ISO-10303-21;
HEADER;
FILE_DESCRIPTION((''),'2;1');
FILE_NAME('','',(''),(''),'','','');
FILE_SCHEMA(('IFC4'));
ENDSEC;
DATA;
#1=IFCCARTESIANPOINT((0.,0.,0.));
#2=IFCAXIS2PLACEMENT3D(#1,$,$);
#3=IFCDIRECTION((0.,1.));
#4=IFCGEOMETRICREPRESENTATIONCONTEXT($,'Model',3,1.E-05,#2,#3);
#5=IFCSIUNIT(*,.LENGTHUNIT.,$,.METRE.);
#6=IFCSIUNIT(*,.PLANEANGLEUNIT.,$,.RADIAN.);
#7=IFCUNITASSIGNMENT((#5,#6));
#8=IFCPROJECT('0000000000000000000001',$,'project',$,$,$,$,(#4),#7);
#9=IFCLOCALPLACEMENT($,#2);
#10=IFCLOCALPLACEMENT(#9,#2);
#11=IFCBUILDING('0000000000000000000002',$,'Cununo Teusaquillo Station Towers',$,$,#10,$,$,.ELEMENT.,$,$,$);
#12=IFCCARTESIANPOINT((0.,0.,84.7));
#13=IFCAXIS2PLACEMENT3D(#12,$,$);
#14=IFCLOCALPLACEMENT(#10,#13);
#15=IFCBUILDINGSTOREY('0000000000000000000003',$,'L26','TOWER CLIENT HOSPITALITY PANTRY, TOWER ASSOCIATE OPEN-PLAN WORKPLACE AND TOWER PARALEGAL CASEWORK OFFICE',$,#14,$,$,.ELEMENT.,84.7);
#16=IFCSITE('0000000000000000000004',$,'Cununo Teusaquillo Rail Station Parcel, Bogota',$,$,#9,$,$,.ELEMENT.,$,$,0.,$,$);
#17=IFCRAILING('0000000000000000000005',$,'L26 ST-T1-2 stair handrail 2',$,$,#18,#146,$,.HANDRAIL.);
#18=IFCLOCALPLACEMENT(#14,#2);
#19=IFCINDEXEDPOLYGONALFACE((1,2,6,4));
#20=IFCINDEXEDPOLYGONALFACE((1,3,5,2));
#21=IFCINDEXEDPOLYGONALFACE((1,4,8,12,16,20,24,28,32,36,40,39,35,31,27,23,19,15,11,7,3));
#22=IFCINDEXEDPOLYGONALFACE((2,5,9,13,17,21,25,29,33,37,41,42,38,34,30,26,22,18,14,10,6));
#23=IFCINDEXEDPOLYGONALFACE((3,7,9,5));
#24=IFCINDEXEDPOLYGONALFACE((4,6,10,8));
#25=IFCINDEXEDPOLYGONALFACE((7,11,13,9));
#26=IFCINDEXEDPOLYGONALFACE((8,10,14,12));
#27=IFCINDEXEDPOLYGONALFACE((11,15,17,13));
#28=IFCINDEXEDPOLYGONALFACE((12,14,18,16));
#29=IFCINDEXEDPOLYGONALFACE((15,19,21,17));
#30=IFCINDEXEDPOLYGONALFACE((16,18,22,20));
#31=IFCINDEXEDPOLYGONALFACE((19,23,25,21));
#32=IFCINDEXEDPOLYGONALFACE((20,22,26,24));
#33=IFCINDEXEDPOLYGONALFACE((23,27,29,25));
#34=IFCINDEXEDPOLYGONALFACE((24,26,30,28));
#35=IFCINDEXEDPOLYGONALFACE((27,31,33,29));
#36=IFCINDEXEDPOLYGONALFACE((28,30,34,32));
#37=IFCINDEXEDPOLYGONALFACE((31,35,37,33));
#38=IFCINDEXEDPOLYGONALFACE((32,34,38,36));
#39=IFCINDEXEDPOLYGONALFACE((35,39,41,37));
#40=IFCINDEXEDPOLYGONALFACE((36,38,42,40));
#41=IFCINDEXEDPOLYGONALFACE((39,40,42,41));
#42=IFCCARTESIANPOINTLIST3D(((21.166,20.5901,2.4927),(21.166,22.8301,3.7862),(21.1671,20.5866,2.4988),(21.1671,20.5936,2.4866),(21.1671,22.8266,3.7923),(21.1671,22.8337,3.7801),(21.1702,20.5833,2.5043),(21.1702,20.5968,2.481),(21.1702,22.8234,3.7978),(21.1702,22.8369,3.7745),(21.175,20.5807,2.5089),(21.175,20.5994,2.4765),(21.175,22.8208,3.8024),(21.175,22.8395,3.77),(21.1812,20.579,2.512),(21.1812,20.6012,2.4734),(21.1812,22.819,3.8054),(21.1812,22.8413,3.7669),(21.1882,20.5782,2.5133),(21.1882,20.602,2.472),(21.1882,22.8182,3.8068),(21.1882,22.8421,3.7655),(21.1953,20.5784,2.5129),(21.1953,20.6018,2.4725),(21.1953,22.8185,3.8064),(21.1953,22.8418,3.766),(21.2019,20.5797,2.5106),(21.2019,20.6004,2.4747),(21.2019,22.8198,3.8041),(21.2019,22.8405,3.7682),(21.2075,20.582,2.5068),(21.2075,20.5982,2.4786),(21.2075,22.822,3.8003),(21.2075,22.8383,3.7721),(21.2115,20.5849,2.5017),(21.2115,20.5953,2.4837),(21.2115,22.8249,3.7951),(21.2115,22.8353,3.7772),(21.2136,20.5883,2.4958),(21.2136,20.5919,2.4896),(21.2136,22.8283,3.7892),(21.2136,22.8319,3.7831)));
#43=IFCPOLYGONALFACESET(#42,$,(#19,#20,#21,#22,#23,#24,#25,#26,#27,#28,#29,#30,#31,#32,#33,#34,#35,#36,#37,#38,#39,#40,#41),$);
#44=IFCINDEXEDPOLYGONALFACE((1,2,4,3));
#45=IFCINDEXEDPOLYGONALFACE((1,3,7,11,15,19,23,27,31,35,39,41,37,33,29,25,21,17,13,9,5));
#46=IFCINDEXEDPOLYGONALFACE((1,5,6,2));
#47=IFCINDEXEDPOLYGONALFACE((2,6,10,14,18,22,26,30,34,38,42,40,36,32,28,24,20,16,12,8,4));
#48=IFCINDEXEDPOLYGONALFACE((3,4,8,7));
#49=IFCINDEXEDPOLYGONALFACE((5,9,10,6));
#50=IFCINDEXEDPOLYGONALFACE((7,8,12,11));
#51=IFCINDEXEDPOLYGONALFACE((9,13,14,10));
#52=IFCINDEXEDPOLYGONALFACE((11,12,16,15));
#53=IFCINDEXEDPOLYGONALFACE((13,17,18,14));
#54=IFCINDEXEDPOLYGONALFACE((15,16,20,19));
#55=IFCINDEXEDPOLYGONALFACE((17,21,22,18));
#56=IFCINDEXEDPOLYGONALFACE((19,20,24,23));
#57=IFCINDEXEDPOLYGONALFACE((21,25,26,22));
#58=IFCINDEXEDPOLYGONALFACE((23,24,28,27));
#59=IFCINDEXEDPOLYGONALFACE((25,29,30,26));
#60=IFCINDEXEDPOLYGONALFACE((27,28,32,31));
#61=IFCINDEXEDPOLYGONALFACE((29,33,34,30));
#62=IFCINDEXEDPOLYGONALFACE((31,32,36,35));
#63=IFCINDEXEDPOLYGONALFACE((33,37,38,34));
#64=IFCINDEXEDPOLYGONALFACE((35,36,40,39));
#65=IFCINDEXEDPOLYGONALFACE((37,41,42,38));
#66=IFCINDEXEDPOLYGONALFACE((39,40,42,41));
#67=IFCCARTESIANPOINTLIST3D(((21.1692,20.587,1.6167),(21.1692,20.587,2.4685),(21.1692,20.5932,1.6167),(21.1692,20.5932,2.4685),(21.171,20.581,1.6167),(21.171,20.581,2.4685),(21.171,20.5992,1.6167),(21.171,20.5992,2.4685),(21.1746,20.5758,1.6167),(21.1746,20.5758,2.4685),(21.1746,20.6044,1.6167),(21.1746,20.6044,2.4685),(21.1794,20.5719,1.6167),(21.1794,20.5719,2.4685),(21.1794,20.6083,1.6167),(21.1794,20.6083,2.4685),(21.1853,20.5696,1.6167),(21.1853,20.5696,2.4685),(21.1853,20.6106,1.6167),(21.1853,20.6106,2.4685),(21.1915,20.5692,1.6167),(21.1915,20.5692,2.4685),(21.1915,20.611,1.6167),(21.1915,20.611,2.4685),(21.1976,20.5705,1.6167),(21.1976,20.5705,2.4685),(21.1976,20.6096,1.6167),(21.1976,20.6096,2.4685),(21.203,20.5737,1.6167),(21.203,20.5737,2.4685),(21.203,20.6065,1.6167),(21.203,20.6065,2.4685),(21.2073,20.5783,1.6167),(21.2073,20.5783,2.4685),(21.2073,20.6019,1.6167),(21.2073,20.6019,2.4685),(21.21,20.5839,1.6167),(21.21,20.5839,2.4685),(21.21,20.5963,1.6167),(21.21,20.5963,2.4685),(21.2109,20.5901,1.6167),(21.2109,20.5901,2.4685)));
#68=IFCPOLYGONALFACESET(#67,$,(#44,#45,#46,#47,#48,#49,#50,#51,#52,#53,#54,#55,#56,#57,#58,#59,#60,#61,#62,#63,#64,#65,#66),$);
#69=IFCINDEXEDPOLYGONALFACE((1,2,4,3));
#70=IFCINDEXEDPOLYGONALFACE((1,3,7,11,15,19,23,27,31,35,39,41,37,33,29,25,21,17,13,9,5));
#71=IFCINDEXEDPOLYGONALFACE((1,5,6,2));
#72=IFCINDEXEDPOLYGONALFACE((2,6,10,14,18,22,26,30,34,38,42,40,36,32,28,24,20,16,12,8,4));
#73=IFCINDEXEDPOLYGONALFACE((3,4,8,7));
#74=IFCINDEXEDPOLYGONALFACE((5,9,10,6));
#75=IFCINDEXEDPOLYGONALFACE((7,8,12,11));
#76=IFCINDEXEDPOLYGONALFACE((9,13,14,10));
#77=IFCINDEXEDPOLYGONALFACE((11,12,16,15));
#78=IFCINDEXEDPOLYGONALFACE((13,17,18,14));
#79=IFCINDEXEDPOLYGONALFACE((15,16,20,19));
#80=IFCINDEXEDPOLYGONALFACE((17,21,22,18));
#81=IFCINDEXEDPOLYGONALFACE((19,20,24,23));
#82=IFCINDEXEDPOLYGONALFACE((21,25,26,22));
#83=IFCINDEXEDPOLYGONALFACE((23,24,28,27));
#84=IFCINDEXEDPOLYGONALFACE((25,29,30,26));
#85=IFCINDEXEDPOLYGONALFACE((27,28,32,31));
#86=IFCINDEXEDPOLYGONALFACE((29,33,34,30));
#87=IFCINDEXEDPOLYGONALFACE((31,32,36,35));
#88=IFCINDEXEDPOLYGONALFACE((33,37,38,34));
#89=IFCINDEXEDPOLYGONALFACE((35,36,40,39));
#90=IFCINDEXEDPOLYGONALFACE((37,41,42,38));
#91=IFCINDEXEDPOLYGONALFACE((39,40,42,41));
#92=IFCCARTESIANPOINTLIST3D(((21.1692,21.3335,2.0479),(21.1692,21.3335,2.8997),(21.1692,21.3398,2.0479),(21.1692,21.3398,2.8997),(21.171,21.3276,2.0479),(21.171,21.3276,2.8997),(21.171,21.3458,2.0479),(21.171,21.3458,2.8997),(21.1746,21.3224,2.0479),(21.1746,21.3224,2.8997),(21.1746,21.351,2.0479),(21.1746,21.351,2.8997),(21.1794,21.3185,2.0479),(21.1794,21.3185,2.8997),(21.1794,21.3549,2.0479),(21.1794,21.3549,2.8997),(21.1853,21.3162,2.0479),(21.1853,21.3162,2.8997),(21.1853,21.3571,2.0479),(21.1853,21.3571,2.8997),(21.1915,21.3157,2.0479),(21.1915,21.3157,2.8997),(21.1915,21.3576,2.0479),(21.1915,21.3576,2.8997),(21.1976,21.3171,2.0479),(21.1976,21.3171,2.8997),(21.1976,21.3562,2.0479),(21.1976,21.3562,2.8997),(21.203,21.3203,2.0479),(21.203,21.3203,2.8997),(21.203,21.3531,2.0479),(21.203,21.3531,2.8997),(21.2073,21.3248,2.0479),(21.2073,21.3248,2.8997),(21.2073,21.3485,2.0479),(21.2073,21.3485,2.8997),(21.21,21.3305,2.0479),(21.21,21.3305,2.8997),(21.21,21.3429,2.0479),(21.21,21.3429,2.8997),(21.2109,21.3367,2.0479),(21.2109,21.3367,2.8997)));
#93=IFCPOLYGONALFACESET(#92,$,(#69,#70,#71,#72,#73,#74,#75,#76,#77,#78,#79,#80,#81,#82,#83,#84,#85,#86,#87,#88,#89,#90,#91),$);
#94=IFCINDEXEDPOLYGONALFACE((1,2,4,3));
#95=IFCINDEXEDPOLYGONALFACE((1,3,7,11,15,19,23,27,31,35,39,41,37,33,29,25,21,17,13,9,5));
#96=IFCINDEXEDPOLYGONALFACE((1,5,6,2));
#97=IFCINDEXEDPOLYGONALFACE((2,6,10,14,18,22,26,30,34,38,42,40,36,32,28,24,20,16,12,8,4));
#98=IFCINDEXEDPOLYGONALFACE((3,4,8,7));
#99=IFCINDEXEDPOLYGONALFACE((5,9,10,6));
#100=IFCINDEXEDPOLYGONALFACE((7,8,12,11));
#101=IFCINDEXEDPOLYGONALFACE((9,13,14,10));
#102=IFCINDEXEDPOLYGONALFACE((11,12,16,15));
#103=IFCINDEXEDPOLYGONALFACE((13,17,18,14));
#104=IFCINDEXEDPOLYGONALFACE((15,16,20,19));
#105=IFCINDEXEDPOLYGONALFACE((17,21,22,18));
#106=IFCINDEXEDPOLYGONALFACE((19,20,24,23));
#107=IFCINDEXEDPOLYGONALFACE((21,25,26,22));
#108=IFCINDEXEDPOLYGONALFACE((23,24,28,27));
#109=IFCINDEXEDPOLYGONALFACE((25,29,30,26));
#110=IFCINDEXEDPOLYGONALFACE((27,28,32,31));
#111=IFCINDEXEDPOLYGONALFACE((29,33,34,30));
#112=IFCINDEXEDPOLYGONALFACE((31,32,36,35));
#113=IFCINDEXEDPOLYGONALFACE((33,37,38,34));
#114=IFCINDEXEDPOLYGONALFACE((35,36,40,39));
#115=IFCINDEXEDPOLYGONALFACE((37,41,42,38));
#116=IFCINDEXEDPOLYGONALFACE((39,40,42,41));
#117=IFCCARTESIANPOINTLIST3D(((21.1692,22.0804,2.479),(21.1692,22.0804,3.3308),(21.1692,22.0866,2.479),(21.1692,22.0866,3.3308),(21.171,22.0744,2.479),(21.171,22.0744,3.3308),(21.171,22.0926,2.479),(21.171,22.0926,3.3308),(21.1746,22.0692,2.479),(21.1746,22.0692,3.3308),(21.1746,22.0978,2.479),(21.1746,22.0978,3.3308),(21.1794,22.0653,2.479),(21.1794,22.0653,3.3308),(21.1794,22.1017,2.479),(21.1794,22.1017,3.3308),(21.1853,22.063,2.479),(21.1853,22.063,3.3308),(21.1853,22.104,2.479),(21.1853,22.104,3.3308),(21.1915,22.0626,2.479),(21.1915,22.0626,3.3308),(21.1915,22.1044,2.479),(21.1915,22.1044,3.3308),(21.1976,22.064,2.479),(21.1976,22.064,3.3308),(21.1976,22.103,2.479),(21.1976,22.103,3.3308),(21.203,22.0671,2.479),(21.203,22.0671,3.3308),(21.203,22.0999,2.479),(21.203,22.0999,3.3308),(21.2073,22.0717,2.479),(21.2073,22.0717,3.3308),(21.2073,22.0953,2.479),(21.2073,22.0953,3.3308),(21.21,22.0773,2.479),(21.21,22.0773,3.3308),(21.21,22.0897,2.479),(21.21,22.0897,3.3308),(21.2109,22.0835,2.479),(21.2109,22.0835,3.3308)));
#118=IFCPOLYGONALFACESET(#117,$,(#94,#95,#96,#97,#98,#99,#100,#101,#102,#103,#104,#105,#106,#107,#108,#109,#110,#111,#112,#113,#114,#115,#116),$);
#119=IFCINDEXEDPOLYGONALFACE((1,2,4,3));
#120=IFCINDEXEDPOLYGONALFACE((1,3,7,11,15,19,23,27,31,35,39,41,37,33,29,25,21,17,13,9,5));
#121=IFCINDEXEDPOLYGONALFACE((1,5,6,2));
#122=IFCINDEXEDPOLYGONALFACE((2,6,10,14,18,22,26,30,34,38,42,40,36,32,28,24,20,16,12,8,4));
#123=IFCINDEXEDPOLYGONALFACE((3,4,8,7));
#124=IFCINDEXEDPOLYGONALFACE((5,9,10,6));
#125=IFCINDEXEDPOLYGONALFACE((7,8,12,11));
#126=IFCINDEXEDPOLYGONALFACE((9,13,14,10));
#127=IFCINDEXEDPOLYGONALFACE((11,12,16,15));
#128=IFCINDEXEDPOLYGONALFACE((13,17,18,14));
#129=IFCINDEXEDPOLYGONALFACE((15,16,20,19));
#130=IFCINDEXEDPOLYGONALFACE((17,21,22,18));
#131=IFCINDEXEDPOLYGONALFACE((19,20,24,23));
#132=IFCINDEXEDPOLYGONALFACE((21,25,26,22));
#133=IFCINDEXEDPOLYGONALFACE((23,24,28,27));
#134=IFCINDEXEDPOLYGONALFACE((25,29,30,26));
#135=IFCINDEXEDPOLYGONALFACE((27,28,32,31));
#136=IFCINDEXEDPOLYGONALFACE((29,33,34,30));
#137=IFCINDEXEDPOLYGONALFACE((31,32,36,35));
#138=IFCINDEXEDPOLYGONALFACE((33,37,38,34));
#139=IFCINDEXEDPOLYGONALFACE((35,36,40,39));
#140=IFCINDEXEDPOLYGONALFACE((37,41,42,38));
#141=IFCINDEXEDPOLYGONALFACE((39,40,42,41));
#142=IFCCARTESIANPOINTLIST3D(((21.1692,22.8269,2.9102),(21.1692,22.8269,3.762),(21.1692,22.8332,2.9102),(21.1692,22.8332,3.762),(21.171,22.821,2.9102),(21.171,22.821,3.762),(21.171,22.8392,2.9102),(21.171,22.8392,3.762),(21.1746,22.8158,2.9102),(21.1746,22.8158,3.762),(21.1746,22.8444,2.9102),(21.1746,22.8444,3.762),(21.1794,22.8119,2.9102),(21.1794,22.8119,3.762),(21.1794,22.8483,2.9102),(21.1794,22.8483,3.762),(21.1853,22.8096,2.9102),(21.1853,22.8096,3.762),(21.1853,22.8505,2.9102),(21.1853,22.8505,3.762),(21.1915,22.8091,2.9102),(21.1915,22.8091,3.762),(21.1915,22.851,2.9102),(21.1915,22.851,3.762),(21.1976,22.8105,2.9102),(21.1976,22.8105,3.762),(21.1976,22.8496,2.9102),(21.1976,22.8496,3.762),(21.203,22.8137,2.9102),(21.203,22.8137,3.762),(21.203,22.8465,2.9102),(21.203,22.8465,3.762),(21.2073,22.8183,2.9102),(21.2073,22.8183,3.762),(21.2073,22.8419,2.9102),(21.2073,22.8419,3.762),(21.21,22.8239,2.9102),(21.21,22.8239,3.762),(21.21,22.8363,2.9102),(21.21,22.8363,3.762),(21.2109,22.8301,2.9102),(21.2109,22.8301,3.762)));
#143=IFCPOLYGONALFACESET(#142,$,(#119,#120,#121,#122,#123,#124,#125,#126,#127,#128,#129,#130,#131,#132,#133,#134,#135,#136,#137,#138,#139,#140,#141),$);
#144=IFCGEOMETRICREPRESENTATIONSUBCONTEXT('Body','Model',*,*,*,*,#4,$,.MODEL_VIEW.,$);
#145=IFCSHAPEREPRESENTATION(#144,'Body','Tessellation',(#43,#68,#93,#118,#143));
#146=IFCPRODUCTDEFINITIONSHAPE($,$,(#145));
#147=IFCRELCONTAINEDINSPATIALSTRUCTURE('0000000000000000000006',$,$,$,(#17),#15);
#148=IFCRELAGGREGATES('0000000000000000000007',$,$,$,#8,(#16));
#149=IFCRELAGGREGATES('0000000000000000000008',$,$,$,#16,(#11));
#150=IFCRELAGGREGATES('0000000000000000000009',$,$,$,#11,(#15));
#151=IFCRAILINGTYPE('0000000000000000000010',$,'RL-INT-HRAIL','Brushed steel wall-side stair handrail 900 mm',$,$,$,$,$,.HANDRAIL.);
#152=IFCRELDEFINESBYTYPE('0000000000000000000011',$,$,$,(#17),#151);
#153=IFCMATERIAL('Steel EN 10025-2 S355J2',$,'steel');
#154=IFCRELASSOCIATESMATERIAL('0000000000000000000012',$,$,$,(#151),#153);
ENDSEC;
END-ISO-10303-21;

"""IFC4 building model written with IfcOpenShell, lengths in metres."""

from ifc_helpers import new_model, si_unit, direction, frame, origin, origin_2d, place, context, subcontext, project, spatial, circle, extrude, material, type_object, element, save


model = new_model("IFC4")

# Units and contexts
model_context = context("Model", 3, precision=1e-05, world=origin(), true_north=direction((0.0, 1.0)))
body_context = subcontext(model_context, "Body", "Model", "MODEL_VIEW")
ifc_project = project(units=[si_unit("LENGTHUNIT", "METRE"), si_unit("PLANEANGLEUNIT", "RADIAN")], contexts=[model_context])

# Site, building, storey
site_placement = place(None, origin())
site = spatial("IfcSite", under=ifc_project, at=site_placement, Name="Cununo Teusaquillo Rail Station Parcel, Bogota", CompositionType="ELEMENT", RefElevation=0.0)
building_placement = place(site_placement, origin())
building = spatial("IfcBuilding", under=site, at=building_placement, Name="Cununo Teusaquillo Station Towers", CompositionType="ELEMENT")
storey_placement = place(building_placement, frame((0.0, 0.0, 84.7)))
storey = spatial("IfcBuildingStorey", under=building, at=storey_placement, Name="L26", Description="TOWER CLIENT HOSPITALITY PANTRY, TOWER ASSOCIATE OPEN-PLAN WORKPLACE AND TOWER PARALEGAL CASEWORK OFFICE", CompositionType="ELEMENT", Elevation=84.7)

# Railing
ifc_material_1 = material(Name="Steel EN 10025-2 S355J2", Category="steel")
railing_type_1 = type_object("IfcRailingType", Name="RL-INT-HRAIL", Description="Brushed steel wall-side stair handrail 900 mm", PredefinedType="HANDRAIL", material=ifc_material_1)
railing_1_placement = place(storey_placement, frame((21.1899, 20.5901, 1.6167)))
element("IfcRailing", 1, at=railing_1_placement, inside=storey, type_object=railing_type_1, Name="L26 ST-T1-2 stair handrail 2", PredefinedType="HANDRAIL", context=body_context, shape_type="SweptSolid", body=[
    extrude(circle(Radius=0.0239, at=origin_2d()), frame((0.0, 0.0, 0.876), z_axis=(0.0, 0.865992, 0.500057), x_axis=(-1.0, 0.0, 0.0)), (0.0, 0.0, 1.0), 2.5867),
    extrude(circle(Radius=0.021, at=origin_2d()), origin(), (0.0, 0.0, 1.0), 0.8518),
    extrude(circle(Radius=0.021, at=origin_2d()), frame((0.0, 0.7466, 0.4312)), (0.0, 0.0, 1.0), 0.8518),
    extrude(circle(Radius=0.021, at=origin_2d()), frame((0.0, 1.4934, 0.8623)), (0.0, 0.0, 1.0), 0.8518),
    extrude(circle(Radius=0.021, at=origin_2d()), frame((0.0, 2.24, 1.2935)), (0.0, 0.0, 1.0), 0.8518),
])

save(model, "model.ifc")
